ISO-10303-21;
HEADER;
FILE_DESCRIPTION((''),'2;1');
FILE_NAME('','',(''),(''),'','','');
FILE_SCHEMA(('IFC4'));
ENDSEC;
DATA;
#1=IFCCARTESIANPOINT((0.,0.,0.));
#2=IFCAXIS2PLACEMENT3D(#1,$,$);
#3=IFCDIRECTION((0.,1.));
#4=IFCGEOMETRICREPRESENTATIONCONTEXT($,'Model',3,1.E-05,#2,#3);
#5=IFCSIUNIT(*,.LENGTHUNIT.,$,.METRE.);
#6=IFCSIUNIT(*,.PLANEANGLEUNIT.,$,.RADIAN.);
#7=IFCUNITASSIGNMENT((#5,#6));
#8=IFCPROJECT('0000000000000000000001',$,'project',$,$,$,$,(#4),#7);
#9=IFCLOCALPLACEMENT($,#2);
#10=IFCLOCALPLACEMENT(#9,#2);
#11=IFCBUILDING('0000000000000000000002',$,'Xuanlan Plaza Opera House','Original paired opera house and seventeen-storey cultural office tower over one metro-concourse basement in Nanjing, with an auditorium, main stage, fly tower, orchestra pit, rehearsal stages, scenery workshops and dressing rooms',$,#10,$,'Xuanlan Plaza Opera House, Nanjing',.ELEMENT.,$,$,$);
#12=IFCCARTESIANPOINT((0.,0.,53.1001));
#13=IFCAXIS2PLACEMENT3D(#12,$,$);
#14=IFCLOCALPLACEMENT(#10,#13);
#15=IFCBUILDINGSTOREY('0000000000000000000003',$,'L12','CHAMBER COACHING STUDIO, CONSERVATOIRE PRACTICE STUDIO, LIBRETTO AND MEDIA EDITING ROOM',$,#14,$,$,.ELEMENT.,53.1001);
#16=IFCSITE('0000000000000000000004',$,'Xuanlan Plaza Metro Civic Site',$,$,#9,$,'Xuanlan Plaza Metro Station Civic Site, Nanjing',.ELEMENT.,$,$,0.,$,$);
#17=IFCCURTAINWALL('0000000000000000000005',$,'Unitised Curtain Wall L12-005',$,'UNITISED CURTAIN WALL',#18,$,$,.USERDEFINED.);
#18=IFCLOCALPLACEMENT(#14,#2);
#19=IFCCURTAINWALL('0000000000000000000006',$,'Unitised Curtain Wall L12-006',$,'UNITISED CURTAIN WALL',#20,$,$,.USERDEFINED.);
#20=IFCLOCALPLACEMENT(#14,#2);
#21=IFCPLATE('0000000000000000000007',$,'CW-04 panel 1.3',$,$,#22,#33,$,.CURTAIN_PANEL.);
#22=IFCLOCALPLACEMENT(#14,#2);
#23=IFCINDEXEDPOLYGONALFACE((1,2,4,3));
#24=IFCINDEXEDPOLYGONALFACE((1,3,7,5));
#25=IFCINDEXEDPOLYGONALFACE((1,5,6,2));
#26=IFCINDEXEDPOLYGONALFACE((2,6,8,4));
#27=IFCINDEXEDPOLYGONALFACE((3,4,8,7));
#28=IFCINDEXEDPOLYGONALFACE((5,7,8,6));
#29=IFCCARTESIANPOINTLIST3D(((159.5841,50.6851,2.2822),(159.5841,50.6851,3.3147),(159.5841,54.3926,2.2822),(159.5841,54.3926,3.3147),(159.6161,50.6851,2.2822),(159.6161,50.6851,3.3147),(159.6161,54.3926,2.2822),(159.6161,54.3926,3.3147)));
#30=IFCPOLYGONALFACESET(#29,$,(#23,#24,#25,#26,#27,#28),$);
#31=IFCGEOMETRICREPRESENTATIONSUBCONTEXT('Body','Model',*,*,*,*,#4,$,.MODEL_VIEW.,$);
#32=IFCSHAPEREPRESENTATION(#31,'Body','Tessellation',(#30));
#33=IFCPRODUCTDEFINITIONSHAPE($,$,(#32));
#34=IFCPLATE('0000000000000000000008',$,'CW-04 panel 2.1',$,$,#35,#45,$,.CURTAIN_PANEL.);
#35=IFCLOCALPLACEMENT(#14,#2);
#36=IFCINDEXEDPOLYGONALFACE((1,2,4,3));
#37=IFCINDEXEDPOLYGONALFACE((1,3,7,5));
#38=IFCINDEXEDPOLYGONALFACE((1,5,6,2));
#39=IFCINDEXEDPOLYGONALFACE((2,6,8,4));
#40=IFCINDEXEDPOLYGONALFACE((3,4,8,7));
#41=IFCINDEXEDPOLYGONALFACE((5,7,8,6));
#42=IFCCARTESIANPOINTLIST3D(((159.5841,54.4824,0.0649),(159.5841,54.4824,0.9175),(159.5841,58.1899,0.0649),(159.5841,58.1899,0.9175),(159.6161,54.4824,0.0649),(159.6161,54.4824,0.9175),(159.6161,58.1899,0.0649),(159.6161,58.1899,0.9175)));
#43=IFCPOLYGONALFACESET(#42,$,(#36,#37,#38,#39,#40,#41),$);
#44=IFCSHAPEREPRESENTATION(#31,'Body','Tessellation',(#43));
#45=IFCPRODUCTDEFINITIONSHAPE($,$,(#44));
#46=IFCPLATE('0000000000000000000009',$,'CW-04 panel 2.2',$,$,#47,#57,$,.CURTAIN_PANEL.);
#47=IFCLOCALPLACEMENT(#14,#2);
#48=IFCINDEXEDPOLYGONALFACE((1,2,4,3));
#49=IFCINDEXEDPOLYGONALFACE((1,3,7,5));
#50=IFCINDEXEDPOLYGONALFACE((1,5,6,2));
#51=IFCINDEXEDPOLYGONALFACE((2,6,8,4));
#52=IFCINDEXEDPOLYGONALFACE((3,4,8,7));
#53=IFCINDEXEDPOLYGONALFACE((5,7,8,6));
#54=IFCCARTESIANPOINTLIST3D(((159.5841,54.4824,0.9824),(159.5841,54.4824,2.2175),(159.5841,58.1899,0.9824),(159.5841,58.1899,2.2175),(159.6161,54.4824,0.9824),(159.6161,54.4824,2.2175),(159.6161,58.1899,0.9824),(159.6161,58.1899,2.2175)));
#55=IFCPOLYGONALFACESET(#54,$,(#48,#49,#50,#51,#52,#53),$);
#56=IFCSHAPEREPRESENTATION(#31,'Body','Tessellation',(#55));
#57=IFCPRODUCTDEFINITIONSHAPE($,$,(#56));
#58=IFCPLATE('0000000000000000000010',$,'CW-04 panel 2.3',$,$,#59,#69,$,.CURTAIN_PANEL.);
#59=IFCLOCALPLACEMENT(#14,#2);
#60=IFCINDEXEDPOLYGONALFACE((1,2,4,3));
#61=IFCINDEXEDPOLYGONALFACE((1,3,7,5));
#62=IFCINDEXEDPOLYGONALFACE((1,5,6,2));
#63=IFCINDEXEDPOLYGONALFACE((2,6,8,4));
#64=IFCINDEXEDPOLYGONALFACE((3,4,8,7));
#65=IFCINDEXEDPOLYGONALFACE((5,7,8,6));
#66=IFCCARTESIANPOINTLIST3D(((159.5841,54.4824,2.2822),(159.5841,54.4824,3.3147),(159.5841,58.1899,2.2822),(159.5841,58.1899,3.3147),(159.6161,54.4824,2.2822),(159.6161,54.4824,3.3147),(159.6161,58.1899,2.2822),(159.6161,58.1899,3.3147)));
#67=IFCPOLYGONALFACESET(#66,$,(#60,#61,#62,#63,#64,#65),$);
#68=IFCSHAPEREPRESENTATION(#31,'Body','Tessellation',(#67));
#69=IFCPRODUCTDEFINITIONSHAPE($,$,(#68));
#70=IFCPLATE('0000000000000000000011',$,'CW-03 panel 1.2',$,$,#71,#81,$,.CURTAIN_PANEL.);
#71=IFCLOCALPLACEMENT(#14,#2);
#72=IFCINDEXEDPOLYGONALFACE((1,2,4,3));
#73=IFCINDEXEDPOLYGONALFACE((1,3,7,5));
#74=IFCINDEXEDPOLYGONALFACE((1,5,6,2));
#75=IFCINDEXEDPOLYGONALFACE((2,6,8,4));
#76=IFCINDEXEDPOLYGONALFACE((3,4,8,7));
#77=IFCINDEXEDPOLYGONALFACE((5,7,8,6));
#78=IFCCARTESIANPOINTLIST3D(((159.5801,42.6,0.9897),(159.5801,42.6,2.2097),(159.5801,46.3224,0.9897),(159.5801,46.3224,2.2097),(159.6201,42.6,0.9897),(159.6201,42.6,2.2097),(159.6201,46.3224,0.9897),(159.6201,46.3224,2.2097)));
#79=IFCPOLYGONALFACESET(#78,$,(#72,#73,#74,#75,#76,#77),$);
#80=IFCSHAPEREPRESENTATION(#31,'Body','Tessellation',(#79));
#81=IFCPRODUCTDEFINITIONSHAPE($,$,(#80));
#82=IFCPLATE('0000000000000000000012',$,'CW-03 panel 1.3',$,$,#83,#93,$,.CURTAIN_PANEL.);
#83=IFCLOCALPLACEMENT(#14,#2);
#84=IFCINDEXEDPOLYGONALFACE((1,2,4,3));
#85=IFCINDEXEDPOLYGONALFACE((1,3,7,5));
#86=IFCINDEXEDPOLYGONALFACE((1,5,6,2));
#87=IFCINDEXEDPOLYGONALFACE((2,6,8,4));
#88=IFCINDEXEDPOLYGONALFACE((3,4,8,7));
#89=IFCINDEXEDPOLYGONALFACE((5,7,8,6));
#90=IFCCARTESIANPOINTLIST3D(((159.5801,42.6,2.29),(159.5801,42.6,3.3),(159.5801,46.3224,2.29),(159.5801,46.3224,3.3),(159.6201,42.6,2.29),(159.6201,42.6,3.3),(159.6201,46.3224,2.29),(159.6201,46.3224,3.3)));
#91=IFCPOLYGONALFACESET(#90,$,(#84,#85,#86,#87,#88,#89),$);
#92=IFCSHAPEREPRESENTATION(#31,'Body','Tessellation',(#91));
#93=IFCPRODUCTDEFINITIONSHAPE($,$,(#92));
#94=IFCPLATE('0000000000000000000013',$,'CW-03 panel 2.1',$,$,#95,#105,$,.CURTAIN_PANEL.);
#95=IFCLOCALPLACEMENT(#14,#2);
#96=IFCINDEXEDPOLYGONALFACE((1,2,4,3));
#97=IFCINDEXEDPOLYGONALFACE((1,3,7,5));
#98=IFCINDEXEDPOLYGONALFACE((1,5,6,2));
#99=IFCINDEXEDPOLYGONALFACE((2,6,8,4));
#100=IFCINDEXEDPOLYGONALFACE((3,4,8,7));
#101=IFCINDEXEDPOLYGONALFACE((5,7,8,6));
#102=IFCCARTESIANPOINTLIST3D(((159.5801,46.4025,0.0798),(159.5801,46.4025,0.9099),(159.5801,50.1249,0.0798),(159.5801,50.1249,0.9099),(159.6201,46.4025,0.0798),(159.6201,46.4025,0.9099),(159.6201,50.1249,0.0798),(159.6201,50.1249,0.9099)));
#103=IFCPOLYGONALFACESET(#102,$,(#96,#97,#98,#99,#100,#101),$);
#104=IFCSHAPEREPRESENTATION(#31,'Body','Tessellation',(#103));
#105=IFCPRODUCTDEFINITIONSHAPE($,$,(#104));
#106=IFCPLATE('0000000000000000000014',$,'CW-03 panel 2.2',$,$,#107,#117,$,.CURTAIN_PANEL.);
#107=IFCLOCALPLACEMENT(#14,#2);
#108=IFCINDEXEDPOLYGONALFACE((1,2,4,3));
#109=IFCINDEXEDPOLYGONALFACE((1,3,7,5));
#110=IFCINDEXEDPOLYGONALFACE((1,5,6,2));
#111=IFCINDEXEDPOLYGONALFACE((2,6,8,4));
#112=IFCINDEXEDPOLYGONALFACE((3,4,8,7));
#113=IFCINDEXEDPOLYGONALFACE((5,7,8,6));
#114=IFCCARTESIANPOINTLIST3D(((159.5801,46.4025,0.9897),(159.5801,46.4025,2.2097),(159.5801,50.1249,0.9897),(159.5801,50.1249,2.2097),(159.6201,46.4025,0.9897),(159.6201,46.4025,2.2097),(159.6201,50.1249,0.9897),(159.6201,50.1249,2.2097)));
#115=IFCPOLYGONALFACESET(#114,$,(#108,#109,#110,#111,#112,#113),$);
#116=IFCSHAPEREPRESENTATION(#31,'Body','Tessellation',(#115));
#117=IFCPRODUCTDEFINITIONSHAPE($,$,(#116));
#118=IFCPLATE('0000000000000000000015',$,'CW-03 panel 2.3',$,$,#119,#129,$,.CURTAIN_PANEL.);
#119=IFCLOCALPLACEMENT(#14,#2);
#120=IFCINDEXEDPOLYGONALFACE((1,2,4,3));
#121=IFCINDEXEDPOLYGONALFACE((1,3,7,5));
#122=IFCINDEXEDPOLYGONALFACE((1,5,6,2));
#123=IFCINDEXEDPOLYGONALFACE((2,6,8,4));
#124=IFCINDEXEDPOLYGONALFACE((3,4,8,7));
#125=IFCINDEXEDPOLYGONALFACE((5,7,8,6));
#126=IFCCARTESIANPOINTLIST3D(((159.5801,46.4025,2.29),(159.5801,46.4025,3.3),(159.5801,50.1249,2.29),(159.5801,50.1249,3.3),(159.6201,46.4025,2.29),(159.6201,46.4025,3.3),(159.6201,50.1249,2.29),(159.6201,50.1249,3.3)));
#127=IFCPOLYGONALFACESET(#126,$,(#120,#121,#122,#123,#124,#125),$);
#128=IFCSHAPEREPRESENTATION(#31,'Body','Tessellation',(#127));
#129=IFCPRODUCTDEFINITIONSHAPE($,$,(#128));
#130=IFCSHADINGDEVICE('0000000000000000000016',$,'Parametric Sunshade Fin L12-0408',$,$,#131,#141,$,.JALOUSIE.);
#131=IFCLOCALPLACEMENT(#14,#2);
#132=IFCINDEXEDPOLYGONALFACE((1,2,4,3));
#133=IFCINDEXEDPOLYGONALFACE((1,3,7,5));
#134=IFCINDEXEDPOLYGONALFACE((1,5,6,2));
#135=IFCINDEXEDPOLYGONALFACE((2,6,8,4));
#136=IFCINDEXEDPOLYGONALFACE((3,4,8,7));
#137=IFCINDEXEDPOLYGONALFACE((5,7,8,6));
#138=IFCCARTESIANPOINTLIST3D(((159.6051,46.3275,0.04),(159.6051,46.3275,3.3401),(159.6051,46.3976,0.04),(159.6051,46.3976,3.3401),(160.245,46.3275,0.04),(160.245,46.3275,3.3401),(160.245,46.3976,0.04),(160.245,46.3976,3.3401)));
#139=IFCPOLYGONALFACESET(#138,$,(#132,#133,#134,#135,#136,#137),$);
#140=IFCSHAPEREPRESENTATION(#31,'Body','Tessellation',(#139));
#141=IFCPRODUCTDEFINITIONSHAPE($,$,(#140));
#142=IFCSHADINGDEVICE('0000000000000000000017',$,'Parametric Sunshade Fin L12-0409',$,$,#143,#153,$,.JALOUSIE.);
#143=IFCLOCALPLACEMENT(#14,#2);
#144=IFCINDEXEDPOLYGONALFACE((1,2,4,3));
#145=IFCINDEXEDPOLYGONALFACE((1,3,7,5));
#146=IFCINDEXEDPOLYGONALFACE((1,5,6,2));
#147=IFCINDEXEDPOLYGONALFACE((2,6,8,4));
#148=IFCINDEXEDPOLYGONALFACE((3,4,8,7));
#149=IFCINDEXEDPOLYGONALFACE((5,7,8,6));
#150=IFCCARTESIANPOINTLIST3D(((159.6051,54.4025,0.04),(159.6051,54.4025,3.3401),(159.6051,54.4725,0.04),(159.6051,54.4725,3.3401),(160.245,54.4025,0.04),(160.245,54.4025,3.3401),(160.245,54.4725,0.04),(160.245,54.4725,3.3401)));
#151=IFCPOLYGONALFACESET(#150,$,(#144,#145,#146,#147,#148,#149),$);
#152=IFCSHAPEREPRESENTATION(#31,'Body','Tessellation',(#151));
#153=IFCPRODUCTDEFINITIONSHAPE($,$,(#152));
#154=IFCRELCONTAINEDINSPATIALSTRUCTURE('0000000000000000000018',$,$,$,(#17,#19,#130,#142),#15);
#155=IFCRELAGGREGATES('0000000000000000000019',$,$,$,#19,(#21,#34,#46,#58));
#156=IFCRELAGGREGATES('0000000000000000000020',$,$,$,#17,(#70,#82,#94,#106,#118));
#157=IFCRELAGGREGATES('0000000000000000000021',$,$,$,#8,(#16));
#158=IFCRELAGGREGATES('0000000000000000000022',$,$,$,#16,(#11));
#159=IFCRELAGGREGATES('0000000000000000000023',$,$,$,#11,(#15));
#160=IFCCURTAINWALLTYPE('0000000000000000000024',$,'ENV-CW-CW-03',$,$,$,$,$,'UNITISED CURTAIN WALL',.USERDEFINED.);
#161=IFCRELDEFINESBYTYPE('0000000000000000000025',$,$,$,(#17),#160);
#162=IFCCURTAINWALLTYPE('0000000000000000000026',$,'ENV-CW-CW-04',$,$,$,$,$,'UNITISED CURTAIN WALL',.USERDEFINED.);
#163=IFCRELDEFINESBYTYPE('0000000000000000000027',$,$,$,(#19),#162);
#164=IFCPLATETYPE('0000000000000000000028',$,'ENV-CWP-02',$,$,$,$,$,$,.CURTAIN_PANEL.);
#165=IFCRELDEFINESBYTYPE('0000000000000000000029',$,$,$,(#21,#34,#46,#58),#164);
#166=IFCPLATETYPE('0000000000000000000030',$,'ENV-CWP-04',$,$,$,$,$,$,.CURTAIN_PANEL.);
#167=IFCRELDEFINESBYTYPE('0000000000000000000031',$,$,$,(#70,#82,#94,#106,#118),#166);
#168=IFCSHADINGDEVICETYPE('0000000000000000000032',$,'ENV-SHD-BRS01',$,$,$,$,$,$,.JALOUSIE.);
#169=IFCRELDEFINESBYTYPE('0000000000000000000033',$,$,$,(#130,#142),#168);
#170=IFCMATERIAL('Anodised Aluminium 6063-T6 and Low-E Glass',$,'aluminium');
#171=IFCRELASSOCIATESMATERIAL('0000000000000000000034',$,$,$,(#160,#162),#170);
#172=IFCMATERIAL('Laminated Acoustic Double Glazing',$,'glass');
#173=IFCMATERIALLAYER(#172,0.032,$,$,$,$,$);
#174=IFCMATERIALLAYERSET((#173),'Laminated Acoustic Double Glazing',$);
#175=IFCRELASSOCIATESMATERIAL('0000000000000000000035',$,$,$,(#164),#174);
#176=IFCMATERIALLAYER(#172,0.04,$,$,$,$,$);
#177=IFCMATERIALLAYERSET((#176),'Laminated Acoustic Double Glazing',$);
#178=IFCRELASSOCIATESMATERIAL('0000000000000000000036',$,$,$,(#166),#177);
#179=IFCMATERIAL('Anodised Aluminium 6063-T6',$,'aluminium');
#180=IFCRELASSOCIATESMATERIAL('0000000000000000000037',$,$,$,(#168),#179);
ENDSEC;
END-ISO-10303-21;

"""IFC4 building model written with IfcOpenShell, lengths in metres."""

from ifc_helpers import new_model, si_unit, direction, frame, origin, origin_2d, place, context, subcontext, project, spatial, rectangle, extrude, material, layer, layer_set, type_object, element, aggregate, save


model = new_model("IFC4")

# Units and contexts
model_context = context("Model", 3, precision=1e-05, world=origin(), true_north=direction((0.0, 1.0)))
body_context = subcontext(model_context, "Body", "Model", "MODEL_VIEW")
ifc_project = project(units=[si_unit("LENGTHUNIT", "METRE"), si_unit("PLANEANGLEUNIT", "RADIAN")], contexts=[model_context])

# Site, building, storey
site_placement = place(None, origin())
site = spatial("IfcSite", under=ifc_project, at=site_placement, Name="Xuanlan Plaza Metro Civic Site", LongName="Xuanlan Plaza Metro Station Civic Site, Nanjing", CompositionType="ELEMENT", RefElevation=0.0)
building_placement = place(site_placement, origin())
building = spatial("IfcBuilding", under=site, at=building_placement, Name="Xuanlan Plaza Opera House", Description="Original paired opera house and seventeen-storey cultural office tower over one metro-concourse basement in Nanjing, with an auditorium, main stage, fly tower, orchestra pit, rehearsal stages, scenery workshops and dressing rooms", LongName="Xuanlan Plaza Opera House, Nanjing", CompositionType="ELEMENT")
storey_placement = place(building_placement, frame((0.0, 0.0, 53.1001)))
storey = spatial("IfcBuildingStorey", under=building, at=storey_placement, Name="L12", Description="CHAMBER COACHING STUDIO, CONSERVATOIRE PRACTICE STUDIO, LIBRETTO AND MEDIA EDITING ROOM", CompositionType="ELEMENT", Elevation=53.1001)

# Curtain walls
ifc_material_1 = material(Name="Anodised Aluminium 6063-T6 and Low-E Glass", Category="aluminium")
curtain_wall_type_1 = type_object("IfcCurtainWallType", Name="ENV-CW-CW-03", ElementType="UNITISED CURTAIN WALL", PredefinedType="USERDEFINED", material=ifc_material_1)
curtain_wall_1_placement = place(storey_placement, origin())
curtain_wall_1 = element("IfcCurtainWall", 1, at=curtain_wall_1_placement, inside=storey, type_object=curtain_wall_type_1, Name="Unitised Curtain Wall L12-005", ObjectType="UNITISED CURTAIN WALL", PredefinedType="USERDEFINED")
ifc_material_2 = material(Name="Anodised Aluminium 6063-T6", Category="aluminium")
curtain_wall_type_2 = type_object("IfcCurtainWallType", Name="ENV-CW-CW-04", ElementType="UNITISED CURTAIN WALL", PredefinedType="USERDEFINED", material=ifc_material_1)
curtain_wall_2_placement = place(storey_placement, origin())
curtain_wall_2 = element("IfcCurtainWall", 2, at=curtain_wall_2_placement, inside=storey, type_object=curtain_wall_type_2, Name="Unitised Curtain Wall L12-006", ObjectType="UNITISED CURTAIN WALL", PredefinedType="USERDEFINED")

# Plates
ifc_material_3 = material(Name="Laminated Acoustic Double Glazing", Category="glass")
ifc_layer_1 = layer(ifc_material_3, 0.032)
ifc_layer_set_1 = layer_set([ifc_layer_1], Name="Laminated Acoustic Double Glazing")
plate_type_1 = type_object("IfcPlateType", Name="ENV-CWP-02", PredefinedType="CURTAIN_PANEL", material=ifc_layer_set_1)
plate_1_placement = place(storey_placement, frame((159.6001, 52.5388, 2.2822), z_axis=(0.0, 0.0, 1.0), x_axis=(0.0, 1.0, 0.0)))
plate_1 = element("IfcPlate", 3, at=plate_1_placement, type_object=plate_type_1, Name="CW-04 panel 1.3", PredefinedType="CURTAIN_PANEL", context=body_context, shape_type="SweptSolid", body=[
    extrude(rectangle(XDim=3.7075, YDim=0.032, at=origin_2d()), origin(), (0.0, 0.0, 1.0), 1.0325),
])
plate_2_placement = place(storey_placement, frame((159.6001, 56.3362, 0.0649), z_axis=(0.0, 0.0, 1.0), x_axis=(0.0, 1.0, 0.0)))
plate_2 = element("IfcPlate", 4, at=plate_2_placement, type_object=plate_type_1, Name="CW-04 panel 2.1", PredefinedType="CURTAIN_PANEL", context=body_context, shape_type="SweptSolid", body=[
    extrude(rectangle(XDim=3.7075, YDim=0.032, at=origin_2d()), origin(), (0.0, 0.0, 1.0), 0.8525),
])
plate_3_placement = place(storey_placement, frame((159.6001, 56.3362, 0.9824), z_axis=(0.0, 0.0, 1.0), x_axis=(0.0, 1.0, 0.0)))
plate_3 = element("IfcPlate", 5, at=plate_3_placement, type_object=plate_type_1, Name="CW-04 panel 2.2", PredefinedType="CURTAIN_PANEL", context=body_context, shape_type="SweptSolid", body=[
    extrude(rectangle(XDim=3.7075, YDim=0.032, at=origin_2d()), origin(), (0.0, 0.0, 1.0), 1.2351),
])
plate_4_placement = place(storey_placement, frame((159.6001, 56.3362, 2.2822), z_axis=(0.0, 0.0, 1.0), x_axis=(0.0, 1.0, 0.0)))
plate_4 = element("IfcPlate", 6, at=plate_4_placement, type_object=plate_type_1, Name="CW-04 panel 2.3", PredefinedType="CURTAIN_PANEL", context=body_context, shape_type="SweptSolid", body=[
    extrude(rectangle(XDim=3.7075, YDim=0.032, at=origin_2d()), origin(), (0.0, 0.0, 1.0), 1.0325),
])
aggregate(curtain_wall_2, [plate_1, plate_2, plate_3, plate_4])
ifc_layer_2 = layer(ifc_material_3, 0.04)
ifc_layer_set_2 = layer_set([ifc_layer_2], Name="Laminated Acoustic Double Glazing")
plate_type_2 = type_object("IfcPlateType", Name="ENV-CWP-04", PredefinedType="CURTAIN_PANEL", material=ifc_layer_set_2)
plate_5_placement = place(storey_placement, frame((159.6001, 44.4612, 0.9897), z_axis=(0.0, 0.0, 1.0), x_axis=(0.0, 1.0, 0.0)))
plate_5 = element("IfcPlate", 7, at=plate_5_placement, type_object=plate_type_2, Name="CW-03 panel 1.2", PredefinedType="CURTAIN_PANEL", context=body_context, shape_type="SweptSolid", body=[
    extrude(rectangle(XDim=3.7224, YDim=0.04, at=origin_2d()), origin(), (0.0, 0.0, 1.0), 1.22),
])
plate_6_placement = place(storey_placement, frame((159.6001, 44.4612, 2.29), z_axis=(0.0, 0.0, 1.0), x_axis=(0.0, 1.0, 0.0)))
plate_6 = element("IfcPlate", 8, at=plate_6_placement, type_object=plate_type_2, Name="CW-03 panel 1.3", PredefinedType="CURTAIN_PANEL", context=body_context, shape_type="SweptSolid", body=[
    extrude(rectangle(XDim=3.7224, YDim=0.04, at=origin_2d()), origin(), (0.0, 0.0, 1.0), 1.01),
])
plate_7_placement = place(storey_placement, frame((159.6001, 48.2637, 0.0798), z_axis=(0.0, 0.0, 1.0), x_axis=(0.0, 1.0, 0.0)))
plate_7 = element("IfcPlate", 9, at=plate_7_placement, type_object=plate_type_2, Name="CW-03 panel 2.1", PredefinedType="CURTAIN_PANEL", context=body_context, shape_type="SweptSolid", body=[
    extrude(rectangle(XDim=3.7224, YDim=0.04, at=origin_2d()), origin(), (0.0, 0.0, 1.0), 0.8301),
])
plate_8_placement = place(storey_placement, frame((159.6001, 48.2637, 0.9897), z_axis=(0.0, 0.0, 1.0), x_axis=(0.0, 1.0, 0.0)))
plate_8 = element("IfcPlate", 10, at=plate_8_placement, type_object=plate_type_2, Name="CW-03 panel 2.2", PredefinedType="CURTAIN_PANEL", context=body_context, shape_type="SweptSolid", body=[
    extrude(rectangle(XDim=3.7224, YDim=0.04, at=origin_2d()), origin(), (0.0, 0.0, 1.0), 1.22),
])
plate_9_placement = place(storey_placement, frame((159.6001, 48.2637, 2.29), z_axis=(0.0, 0.0, 1.0), x_axis=(0.0, 1.0, 0.0)))
plate_9 = element("IfcPlate", 11, at=plate_9_placement, type_object=plate_type_2, Name="CW-03 panel 2.3", PredefinedType="CURTAIN_PANEL", context=body_context, shape_type="SweptSolid", body=[
    extrude(rectangle(XDim=3.7224, YDim=0.04, at=origin_2d()), origin(), (0.0, 0.0, 1.0), 1.01),
])
aggregate(curtain_wall_1, [plate_5, plate_6, plate_7, plate_8, plate_9])

# Shading devices
shading_device_type = type_object("IfcShadingDeviceType", Name="ENV-SHD-BRS01", PredefinedType="JALOUSIE", material=ifc_material_2)
for number, where, z_axis, x_axis, name in (
    (12, (159.925, 46.3625, 0.04), (0.0, 0.0, 1.0), (1.0, 0.0, 0.0), "Parametric Sunshade Fin L12-0408"),
    (13, (159.925, 54.4375, 0.04), (0.0, 0.0, 1.0), (1.0, 0.0, 0.0), "Parametric Sunshade Fin L12-0409"),
):
    element("IfcShadingDevice", number, at=place(storey_placement, frame(where, z_axis=z_axis, x_axis=x_axis)), inside=storey, type_object=shading_device_type, Name=name, PredefinedType="JALOUSIE", context=body_context, shape_type="SweptSolid", body=[
        extrude(rectangle(XDim=0.6399, YDim=0.0701, at=origin_2d()), origin(), (0.0, 0.0, 1.0), 3.3),
    ])

save(model, "model.ifc")
